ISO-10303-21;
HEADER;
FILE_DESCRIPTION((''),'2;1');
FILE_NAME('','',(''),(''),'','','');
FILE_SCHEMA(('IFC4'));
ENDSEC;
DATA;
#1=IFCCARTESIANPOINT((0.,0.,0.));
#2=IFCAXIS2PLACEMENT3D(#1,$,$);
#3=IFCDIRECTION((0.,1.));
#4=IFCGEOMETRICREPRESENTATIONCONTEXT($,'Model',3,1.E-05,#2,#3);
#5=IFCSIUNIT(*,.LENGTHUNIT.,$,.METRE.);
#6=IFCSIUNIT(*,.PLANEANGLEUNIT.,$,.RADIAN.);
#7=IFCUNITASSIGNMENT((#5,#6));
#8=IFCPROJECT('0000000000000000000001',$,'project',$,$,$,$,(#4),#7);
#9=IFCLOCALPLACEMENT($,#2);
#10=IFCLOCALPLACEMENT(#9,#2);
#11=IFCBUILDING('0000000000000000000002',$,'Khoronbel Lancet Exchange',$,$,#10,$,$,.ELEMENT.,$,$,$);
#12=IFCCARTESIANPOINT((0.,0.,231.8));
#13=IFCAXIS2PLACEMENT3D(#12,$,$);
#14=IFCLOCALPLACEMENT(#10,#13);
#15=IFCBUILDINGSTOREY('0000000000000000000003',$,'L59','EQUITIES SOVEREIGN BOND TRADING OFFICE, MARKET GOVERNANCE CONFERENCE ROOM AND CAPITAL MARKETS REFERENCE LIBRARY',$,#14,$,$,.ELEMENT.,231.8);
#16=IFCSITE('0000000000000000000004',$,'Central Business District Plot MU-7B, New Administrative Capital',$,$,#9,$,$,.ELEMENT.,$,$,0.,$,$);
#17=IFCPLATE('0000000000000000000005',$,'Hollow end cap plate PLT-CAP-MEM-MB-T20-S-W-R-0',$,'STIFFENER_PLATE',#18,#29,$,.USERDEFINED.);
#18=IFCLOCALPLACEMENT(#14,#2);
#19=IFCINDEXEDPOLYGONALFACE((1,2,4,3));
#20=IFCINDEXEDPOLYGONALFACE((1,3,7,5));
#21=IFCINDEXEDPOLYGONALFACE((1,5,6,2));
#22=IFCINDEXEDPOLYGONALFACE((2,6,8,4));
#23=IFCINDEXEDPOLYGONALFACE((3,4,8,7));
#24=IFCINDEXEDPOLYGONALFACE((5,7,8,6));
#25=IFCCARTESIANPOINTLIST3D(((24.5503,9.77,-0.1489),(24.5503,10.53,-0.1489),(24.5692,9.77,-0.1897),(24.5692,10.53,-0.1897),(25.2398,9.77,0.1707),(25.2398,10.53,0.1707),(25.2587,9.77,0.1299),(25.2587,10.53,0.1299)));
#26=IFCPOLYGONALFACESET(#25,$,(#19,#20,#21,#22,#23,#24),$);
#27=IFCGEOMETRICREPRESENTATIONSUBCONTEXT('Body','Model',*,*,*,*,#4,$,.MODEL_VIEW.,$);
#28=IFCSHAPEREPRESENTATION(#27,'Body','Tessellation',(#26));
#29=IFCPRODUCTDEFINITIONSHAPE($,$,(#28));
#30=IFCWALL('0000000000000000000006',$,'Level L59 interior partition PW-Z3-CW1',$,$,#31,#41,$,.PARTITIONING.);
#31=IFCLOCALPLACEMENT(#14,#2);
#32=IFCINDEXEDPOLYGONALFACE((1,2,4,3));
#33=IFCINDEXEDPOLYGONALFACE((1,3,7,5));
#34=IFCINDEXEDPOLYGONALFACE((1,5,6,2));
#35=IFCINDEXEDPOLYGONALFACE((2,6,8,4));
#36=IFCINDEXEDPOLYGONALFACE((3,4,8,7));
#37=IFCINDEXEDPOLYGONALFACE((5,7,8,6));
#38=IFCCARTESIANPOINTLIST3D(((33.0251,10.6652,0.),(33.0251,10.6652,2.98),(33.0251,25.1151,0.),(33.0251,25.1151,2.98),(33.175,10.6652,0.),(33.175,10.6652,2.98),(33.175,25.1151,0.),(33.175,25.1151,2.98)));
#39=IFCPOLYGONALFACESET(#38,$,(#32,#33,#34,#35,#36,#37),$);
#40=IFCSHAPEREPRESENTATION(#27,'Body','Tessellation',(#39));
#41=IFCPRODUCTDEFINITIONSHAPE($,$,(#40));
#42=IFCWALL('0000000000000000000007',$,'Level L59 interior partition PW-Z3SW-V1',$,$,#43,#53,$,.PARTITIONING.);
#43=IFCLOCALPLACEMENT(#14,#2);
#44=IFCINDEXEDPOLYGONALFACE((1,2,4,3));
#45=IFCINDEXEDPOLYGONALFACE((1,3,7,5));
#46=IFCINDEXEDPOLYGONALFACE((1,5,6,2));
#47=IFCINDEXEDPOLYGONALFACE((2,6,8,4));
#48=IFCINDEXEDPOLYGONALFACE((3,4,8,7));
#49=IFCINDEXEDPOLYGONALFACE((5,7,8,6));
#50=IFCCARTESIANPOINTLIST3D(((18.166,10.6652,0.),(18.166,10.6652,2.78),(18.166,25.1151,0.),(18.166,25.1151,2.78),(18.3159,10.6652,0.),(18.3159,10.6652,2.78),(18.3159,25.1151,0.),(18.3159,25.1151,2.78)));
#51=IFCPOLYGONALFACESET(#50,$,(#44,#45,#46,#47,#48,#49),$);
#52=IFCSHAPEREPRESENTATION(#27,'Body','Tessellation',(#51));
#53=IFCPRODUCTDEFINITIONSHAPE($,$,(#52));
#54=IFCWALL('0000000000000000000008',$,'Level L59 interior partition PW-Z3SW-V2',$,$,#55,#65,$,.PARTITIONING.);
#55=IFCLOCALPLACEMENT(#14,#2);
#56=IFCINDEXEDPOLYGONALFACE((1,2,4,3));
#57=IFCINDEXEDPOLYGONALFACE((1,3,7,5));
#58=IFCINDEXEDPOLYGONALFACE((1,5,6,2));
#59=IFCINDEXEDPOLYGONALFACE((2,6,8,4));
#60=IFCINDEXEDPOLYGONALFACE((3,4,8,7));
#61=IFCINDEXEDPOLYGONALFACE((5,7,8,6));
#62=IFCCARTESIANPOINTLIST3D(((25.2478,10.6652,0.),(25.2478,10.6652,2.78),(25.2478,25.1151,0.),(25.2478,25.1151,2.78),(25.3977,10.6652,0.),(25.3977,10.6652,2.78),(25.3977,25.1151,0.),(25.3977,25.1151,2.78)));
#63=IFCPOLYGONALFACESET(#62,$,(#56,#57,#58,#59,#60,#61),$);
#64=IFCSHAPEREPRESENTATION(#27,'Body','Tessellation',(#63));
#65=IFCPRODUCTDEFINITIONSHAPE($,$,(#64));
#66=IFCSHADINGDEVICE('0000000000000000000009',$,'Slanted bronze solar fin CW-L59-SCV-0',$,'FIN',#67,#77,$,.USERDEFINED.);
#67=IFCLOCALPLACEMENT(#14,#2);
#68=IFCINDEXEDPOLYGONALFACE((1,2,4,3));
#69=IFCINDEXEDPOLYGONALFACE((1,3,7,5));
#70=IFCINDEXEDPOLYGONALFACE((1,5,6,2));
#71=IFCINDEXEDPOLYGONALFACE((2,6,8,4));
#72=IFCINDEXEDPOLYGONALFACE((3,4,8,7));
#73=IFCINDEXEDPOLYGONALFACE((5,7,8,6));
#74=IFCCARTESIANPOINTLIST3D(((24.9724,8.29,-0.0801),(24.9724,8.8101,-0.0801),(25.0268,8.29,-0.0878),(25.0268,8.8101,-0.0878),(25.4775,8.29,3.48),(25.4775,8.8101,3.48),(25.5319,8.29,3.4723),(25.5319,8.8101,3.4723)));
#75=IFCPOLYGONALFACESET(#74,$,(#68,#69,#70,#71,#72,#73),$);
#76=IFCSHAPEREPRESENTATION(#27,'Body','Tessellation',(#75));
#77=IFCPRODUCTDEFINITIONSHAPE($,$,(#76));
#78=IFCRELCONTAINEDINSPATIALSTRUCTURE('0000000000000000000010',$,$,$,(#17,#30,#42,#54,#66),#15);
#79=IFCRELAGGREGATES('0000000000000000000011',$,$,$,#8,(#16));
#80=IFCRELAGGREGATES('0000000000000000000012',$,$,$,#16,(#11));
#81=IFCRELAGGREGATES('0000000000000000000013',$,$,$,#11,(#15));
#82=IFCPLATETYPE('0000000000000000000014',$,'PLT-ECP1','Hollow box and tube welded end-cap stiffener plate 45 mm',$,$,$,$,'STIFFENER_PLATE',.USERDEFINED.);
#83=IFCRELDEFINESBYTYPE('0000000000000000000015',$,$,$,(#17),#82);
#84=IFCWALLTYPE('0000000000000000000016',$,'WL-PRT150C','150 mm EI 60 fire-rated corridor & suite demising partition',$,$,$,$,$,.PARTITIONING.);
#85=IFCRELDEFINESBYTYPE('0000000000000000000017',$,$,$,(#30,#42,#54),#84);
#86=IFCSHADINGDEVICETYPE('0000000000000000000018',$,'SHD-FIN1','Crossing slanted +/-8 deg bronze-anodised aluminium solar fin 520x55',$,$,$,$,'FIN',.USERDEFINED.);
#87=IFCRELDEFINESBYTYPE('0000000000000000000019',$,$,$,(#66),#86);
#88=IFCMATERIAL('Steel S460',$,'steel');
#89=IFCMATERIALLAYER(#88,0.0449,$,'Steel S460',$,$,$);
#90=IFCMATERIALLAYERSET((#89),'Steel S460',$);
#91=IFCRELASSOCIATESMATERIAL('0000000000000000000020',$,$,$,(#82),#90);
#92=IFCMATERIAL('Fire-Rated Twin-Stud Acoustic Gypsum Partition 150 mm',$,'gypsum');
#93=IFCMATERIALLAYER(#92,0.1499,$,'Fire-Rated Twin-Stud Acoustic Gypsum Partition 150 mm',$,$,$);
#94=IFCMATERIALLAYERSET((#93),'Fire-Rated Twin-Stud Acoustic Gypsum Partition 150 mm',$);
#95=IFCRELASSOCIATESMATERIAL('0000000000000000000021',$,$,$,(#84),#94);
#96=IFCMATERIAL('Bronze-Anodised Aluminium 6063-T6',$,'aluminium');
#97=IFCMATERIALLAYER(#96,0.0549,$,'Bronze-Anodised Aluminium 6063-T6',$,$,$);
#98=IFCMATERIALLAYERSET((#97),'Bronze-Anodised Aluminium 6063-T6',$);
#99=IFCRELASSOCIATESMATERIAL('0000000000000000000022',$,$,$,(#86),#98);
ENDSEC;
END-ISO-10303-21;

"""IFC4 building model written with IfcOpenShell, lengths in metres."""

from ifc_helpers import new_model, si_unit, direction, frame, frame_2d, origin, place, context, subcontext, project, spatial, polyline, rectangle, outline, extrude, material, layer, layer_set, type_object, element, save


model = new_model("IFC4")

# Units and contexts
model_context = context("Model", 3, precision=1e-05, world=origin(), true_north=direction((0.0, 1.0)))
body_context = subcontext(model_context, "Body", "Model", "MODEL_VIEW")
ifc_project = project(units=[si_unit("LENGTHUNIT", "METRE"), si_unit("PLANEANGLEUNIT", "RADIAN")], contexts=[model_context])

# Site, building, storey
site_placement = place(None, origin())
site = spatial("IfcSite", under=ifc_project, at=site_placement, Name="Central Business District Plot MU-7B, New Administrative Capital", CompositionType="ELEMENT", RefElevation=0.0)
building_placement = place(site_placement, origin())
building = spatial("IfcBuilding", under=site, at=building_placement, Name="Khoronbel Lancet Exchange", CompositionType="ELEMENT")
storey_placement = place(building_placement, frame((0.0, 0.0, 231.8)))
storey = spatial("IfcBuildingStorey", under=building, at=storey_placement, Name="L59", Description="EQUITIES SOVEREIGN BOND TRADING OFFICE, MARKET GOVERNANCE CONFERENCE ROOM AND CAPITAL MARKETS REFERENCE LIBRARY", CompositionType="ELEMENT", Elevation=231.8)

# Shared definitions
ifc_material_1 = material(Name="Steel S460", Category="steel")

# Shared definitions
ifc_material_2 = material(Name="Bronze-Anodised Aluminium 6063-T6", Category="aluminium")

# Plate
ifc_layer_1 = layer(ifc_material_1, 0.0449, Name="Steel S460")
ifc_layer_set_1 = layer_set([ifc_layer_1], Name="Steel S460")
plate_type_1 = type_object("IfcPlateType", Name="PLT-ECP1", Description="Hollow box and tube welded end-cap stiffener plate 45 mm", ElementType="STIFFENER_PLATE", PredefinedType="USERDEFINED", material=ifc_layer_set_1)
for number, where, z_axis, x_axis, name in (
    (1, (24.5503, 10.53, -0.1489), (-0.420545, 0.0, 0.907272), (0.0, -1.0, 0.0), "Hollow end cap plate PLT-CAP-MEM-MB-T20-S-W-R-0"),
):
    element("IfcPlate", number, at=place(storey_placement, frame(where, z_axis=z_axis, x_axis=x_axis)), inside=storey, type_object=plate_type_1, Name=name, ObjectType="STIFFENER_PLATE", PredefinedType="USERDEFINED", context=body_context, shape_type="SweptSolid", body=[
        extrude(outline(polyline([(0.0, 0.0), (0.76, 0.0), (0.76, 0.76), (0.0, 0.76), (0.0, 0.0)])), origin(), (0.0, 0.0, -1.0), 0.0449),
    ])

# Walls
ifc_material_3 = material(Name="Fire-Rated Twin-Stud Acoustic Gypsum Partition 150 mm", Category="gypsum")
ifc_layer_2 = layer(ifc_material_3, 0.1499, Name="Fire-Rated Twin-Stud Acoustic Gypsum Partition 150 mm")
ifc_layer_set_2 = layer_set([ifc_layer_2], Name="Fire-Rated Twin-Stud Acoustic Gypsum Partition 150 mm")
wall_type = type_object("IfcWallType", Name="WL-PRT150C", Description="150 mm EI 60 fire-rated corridor & suite demising partition", PredefinedType="PARTITIONING", material=ifc_layer_set_2)
wall_placement = place(storey_placement, frame((33.1001, 10.665, 0.0), z_axis=(0.0, 0.0, 1.0), x_axis=(0.0, 1.0, 0.0)))
element("IfcWall", 2, at=wall_placement, inside=storey, type_object=wall_type, Name="Level L59 interior partition PW-Z3-CW1", PredefinedType="PARTITIONING", context=body_context, shape_type="SweptSolid", body=[
    extrude(rectangle(XDim=14.45, YDim=0.1499, at=frame_2d((7.2251, 0.0))), origin(), (0.0, 0.0, 1.0), 2.98),
])
for number, where, z_axis, x_axis, name in (
    (3, (18.241, 10.665, 0.0), (0.0, 0.0, 1.0), (0.0, 1.0, 0.0), "Level L59 interior partition PW-Z3SW-V1"),
    (4, (25.3228, 10.665, 0.0), (0.0, 0.0, 1.0), (0.0, 1.0, 0.0), "Level L59 interior partition PW-Z3SW-V2"),
):
    element("IfcWall", number, at=place(storey_placement, frame(where, z_axis=z_axis, x_axis=x_axis)), inside=storey, type_object=wall_type, Name=name, PredefinedType="PARTITIONING", context=body_context, shape_type="SweptSolid", body=[
        extrude(rectangle(XDim=14.45, YDim=0.1499, at=frame_2d((7.2251, 0.0))), origin(), (0.0, 0.0, 1.0), 2.78),
    ])

# Shading device
ifc_layer_3 = layer(ifc_material_2, 0.0549, Name="Bronze-Anodised Aluminium 6063-T6")
ifc_layer_set_3 = layer_set([ifc_layer_3], Name="Bronze-Anodised Aluminium 6063-T6")
shading_device_type = type_object("IfcShadingDeviceType", Name="SHD-FIN1", Description="Crossing slanted +/-8 deg bronze-anodised aluminium solar fin 520x55", ElementType="FIN", PredefinedType="USERDEFINED", material=ifc_layer_set_3)
shading_device_placement = place(storey_placement, frame((24.9724, 8.8101, -0.0801), z_axis=(-0.990083, 0.0, 0.14048), x_axis=(0.0, -1.0, 0.0)))
element("IfcShadingDevice", 5, at=shading_device_placement, inside=storey, type_object=shading_device_type, Name="Slanted bronze solar fin CW-L59-SCV-0", ObjectType="FIN", PredefinedType="USERDEFINED", context=body_context, shape_type="SweptSolid", body=[
    extrude(outline(polyline([(0.0, 0.0), (0.52, 0.0), (0.52, 3.5957), (0.0, 3.5957), (0.0, 0.0)])), origin(), (0.0, 0.0, -1.0), 0.0549),
])

save(model, "model.ifc")
